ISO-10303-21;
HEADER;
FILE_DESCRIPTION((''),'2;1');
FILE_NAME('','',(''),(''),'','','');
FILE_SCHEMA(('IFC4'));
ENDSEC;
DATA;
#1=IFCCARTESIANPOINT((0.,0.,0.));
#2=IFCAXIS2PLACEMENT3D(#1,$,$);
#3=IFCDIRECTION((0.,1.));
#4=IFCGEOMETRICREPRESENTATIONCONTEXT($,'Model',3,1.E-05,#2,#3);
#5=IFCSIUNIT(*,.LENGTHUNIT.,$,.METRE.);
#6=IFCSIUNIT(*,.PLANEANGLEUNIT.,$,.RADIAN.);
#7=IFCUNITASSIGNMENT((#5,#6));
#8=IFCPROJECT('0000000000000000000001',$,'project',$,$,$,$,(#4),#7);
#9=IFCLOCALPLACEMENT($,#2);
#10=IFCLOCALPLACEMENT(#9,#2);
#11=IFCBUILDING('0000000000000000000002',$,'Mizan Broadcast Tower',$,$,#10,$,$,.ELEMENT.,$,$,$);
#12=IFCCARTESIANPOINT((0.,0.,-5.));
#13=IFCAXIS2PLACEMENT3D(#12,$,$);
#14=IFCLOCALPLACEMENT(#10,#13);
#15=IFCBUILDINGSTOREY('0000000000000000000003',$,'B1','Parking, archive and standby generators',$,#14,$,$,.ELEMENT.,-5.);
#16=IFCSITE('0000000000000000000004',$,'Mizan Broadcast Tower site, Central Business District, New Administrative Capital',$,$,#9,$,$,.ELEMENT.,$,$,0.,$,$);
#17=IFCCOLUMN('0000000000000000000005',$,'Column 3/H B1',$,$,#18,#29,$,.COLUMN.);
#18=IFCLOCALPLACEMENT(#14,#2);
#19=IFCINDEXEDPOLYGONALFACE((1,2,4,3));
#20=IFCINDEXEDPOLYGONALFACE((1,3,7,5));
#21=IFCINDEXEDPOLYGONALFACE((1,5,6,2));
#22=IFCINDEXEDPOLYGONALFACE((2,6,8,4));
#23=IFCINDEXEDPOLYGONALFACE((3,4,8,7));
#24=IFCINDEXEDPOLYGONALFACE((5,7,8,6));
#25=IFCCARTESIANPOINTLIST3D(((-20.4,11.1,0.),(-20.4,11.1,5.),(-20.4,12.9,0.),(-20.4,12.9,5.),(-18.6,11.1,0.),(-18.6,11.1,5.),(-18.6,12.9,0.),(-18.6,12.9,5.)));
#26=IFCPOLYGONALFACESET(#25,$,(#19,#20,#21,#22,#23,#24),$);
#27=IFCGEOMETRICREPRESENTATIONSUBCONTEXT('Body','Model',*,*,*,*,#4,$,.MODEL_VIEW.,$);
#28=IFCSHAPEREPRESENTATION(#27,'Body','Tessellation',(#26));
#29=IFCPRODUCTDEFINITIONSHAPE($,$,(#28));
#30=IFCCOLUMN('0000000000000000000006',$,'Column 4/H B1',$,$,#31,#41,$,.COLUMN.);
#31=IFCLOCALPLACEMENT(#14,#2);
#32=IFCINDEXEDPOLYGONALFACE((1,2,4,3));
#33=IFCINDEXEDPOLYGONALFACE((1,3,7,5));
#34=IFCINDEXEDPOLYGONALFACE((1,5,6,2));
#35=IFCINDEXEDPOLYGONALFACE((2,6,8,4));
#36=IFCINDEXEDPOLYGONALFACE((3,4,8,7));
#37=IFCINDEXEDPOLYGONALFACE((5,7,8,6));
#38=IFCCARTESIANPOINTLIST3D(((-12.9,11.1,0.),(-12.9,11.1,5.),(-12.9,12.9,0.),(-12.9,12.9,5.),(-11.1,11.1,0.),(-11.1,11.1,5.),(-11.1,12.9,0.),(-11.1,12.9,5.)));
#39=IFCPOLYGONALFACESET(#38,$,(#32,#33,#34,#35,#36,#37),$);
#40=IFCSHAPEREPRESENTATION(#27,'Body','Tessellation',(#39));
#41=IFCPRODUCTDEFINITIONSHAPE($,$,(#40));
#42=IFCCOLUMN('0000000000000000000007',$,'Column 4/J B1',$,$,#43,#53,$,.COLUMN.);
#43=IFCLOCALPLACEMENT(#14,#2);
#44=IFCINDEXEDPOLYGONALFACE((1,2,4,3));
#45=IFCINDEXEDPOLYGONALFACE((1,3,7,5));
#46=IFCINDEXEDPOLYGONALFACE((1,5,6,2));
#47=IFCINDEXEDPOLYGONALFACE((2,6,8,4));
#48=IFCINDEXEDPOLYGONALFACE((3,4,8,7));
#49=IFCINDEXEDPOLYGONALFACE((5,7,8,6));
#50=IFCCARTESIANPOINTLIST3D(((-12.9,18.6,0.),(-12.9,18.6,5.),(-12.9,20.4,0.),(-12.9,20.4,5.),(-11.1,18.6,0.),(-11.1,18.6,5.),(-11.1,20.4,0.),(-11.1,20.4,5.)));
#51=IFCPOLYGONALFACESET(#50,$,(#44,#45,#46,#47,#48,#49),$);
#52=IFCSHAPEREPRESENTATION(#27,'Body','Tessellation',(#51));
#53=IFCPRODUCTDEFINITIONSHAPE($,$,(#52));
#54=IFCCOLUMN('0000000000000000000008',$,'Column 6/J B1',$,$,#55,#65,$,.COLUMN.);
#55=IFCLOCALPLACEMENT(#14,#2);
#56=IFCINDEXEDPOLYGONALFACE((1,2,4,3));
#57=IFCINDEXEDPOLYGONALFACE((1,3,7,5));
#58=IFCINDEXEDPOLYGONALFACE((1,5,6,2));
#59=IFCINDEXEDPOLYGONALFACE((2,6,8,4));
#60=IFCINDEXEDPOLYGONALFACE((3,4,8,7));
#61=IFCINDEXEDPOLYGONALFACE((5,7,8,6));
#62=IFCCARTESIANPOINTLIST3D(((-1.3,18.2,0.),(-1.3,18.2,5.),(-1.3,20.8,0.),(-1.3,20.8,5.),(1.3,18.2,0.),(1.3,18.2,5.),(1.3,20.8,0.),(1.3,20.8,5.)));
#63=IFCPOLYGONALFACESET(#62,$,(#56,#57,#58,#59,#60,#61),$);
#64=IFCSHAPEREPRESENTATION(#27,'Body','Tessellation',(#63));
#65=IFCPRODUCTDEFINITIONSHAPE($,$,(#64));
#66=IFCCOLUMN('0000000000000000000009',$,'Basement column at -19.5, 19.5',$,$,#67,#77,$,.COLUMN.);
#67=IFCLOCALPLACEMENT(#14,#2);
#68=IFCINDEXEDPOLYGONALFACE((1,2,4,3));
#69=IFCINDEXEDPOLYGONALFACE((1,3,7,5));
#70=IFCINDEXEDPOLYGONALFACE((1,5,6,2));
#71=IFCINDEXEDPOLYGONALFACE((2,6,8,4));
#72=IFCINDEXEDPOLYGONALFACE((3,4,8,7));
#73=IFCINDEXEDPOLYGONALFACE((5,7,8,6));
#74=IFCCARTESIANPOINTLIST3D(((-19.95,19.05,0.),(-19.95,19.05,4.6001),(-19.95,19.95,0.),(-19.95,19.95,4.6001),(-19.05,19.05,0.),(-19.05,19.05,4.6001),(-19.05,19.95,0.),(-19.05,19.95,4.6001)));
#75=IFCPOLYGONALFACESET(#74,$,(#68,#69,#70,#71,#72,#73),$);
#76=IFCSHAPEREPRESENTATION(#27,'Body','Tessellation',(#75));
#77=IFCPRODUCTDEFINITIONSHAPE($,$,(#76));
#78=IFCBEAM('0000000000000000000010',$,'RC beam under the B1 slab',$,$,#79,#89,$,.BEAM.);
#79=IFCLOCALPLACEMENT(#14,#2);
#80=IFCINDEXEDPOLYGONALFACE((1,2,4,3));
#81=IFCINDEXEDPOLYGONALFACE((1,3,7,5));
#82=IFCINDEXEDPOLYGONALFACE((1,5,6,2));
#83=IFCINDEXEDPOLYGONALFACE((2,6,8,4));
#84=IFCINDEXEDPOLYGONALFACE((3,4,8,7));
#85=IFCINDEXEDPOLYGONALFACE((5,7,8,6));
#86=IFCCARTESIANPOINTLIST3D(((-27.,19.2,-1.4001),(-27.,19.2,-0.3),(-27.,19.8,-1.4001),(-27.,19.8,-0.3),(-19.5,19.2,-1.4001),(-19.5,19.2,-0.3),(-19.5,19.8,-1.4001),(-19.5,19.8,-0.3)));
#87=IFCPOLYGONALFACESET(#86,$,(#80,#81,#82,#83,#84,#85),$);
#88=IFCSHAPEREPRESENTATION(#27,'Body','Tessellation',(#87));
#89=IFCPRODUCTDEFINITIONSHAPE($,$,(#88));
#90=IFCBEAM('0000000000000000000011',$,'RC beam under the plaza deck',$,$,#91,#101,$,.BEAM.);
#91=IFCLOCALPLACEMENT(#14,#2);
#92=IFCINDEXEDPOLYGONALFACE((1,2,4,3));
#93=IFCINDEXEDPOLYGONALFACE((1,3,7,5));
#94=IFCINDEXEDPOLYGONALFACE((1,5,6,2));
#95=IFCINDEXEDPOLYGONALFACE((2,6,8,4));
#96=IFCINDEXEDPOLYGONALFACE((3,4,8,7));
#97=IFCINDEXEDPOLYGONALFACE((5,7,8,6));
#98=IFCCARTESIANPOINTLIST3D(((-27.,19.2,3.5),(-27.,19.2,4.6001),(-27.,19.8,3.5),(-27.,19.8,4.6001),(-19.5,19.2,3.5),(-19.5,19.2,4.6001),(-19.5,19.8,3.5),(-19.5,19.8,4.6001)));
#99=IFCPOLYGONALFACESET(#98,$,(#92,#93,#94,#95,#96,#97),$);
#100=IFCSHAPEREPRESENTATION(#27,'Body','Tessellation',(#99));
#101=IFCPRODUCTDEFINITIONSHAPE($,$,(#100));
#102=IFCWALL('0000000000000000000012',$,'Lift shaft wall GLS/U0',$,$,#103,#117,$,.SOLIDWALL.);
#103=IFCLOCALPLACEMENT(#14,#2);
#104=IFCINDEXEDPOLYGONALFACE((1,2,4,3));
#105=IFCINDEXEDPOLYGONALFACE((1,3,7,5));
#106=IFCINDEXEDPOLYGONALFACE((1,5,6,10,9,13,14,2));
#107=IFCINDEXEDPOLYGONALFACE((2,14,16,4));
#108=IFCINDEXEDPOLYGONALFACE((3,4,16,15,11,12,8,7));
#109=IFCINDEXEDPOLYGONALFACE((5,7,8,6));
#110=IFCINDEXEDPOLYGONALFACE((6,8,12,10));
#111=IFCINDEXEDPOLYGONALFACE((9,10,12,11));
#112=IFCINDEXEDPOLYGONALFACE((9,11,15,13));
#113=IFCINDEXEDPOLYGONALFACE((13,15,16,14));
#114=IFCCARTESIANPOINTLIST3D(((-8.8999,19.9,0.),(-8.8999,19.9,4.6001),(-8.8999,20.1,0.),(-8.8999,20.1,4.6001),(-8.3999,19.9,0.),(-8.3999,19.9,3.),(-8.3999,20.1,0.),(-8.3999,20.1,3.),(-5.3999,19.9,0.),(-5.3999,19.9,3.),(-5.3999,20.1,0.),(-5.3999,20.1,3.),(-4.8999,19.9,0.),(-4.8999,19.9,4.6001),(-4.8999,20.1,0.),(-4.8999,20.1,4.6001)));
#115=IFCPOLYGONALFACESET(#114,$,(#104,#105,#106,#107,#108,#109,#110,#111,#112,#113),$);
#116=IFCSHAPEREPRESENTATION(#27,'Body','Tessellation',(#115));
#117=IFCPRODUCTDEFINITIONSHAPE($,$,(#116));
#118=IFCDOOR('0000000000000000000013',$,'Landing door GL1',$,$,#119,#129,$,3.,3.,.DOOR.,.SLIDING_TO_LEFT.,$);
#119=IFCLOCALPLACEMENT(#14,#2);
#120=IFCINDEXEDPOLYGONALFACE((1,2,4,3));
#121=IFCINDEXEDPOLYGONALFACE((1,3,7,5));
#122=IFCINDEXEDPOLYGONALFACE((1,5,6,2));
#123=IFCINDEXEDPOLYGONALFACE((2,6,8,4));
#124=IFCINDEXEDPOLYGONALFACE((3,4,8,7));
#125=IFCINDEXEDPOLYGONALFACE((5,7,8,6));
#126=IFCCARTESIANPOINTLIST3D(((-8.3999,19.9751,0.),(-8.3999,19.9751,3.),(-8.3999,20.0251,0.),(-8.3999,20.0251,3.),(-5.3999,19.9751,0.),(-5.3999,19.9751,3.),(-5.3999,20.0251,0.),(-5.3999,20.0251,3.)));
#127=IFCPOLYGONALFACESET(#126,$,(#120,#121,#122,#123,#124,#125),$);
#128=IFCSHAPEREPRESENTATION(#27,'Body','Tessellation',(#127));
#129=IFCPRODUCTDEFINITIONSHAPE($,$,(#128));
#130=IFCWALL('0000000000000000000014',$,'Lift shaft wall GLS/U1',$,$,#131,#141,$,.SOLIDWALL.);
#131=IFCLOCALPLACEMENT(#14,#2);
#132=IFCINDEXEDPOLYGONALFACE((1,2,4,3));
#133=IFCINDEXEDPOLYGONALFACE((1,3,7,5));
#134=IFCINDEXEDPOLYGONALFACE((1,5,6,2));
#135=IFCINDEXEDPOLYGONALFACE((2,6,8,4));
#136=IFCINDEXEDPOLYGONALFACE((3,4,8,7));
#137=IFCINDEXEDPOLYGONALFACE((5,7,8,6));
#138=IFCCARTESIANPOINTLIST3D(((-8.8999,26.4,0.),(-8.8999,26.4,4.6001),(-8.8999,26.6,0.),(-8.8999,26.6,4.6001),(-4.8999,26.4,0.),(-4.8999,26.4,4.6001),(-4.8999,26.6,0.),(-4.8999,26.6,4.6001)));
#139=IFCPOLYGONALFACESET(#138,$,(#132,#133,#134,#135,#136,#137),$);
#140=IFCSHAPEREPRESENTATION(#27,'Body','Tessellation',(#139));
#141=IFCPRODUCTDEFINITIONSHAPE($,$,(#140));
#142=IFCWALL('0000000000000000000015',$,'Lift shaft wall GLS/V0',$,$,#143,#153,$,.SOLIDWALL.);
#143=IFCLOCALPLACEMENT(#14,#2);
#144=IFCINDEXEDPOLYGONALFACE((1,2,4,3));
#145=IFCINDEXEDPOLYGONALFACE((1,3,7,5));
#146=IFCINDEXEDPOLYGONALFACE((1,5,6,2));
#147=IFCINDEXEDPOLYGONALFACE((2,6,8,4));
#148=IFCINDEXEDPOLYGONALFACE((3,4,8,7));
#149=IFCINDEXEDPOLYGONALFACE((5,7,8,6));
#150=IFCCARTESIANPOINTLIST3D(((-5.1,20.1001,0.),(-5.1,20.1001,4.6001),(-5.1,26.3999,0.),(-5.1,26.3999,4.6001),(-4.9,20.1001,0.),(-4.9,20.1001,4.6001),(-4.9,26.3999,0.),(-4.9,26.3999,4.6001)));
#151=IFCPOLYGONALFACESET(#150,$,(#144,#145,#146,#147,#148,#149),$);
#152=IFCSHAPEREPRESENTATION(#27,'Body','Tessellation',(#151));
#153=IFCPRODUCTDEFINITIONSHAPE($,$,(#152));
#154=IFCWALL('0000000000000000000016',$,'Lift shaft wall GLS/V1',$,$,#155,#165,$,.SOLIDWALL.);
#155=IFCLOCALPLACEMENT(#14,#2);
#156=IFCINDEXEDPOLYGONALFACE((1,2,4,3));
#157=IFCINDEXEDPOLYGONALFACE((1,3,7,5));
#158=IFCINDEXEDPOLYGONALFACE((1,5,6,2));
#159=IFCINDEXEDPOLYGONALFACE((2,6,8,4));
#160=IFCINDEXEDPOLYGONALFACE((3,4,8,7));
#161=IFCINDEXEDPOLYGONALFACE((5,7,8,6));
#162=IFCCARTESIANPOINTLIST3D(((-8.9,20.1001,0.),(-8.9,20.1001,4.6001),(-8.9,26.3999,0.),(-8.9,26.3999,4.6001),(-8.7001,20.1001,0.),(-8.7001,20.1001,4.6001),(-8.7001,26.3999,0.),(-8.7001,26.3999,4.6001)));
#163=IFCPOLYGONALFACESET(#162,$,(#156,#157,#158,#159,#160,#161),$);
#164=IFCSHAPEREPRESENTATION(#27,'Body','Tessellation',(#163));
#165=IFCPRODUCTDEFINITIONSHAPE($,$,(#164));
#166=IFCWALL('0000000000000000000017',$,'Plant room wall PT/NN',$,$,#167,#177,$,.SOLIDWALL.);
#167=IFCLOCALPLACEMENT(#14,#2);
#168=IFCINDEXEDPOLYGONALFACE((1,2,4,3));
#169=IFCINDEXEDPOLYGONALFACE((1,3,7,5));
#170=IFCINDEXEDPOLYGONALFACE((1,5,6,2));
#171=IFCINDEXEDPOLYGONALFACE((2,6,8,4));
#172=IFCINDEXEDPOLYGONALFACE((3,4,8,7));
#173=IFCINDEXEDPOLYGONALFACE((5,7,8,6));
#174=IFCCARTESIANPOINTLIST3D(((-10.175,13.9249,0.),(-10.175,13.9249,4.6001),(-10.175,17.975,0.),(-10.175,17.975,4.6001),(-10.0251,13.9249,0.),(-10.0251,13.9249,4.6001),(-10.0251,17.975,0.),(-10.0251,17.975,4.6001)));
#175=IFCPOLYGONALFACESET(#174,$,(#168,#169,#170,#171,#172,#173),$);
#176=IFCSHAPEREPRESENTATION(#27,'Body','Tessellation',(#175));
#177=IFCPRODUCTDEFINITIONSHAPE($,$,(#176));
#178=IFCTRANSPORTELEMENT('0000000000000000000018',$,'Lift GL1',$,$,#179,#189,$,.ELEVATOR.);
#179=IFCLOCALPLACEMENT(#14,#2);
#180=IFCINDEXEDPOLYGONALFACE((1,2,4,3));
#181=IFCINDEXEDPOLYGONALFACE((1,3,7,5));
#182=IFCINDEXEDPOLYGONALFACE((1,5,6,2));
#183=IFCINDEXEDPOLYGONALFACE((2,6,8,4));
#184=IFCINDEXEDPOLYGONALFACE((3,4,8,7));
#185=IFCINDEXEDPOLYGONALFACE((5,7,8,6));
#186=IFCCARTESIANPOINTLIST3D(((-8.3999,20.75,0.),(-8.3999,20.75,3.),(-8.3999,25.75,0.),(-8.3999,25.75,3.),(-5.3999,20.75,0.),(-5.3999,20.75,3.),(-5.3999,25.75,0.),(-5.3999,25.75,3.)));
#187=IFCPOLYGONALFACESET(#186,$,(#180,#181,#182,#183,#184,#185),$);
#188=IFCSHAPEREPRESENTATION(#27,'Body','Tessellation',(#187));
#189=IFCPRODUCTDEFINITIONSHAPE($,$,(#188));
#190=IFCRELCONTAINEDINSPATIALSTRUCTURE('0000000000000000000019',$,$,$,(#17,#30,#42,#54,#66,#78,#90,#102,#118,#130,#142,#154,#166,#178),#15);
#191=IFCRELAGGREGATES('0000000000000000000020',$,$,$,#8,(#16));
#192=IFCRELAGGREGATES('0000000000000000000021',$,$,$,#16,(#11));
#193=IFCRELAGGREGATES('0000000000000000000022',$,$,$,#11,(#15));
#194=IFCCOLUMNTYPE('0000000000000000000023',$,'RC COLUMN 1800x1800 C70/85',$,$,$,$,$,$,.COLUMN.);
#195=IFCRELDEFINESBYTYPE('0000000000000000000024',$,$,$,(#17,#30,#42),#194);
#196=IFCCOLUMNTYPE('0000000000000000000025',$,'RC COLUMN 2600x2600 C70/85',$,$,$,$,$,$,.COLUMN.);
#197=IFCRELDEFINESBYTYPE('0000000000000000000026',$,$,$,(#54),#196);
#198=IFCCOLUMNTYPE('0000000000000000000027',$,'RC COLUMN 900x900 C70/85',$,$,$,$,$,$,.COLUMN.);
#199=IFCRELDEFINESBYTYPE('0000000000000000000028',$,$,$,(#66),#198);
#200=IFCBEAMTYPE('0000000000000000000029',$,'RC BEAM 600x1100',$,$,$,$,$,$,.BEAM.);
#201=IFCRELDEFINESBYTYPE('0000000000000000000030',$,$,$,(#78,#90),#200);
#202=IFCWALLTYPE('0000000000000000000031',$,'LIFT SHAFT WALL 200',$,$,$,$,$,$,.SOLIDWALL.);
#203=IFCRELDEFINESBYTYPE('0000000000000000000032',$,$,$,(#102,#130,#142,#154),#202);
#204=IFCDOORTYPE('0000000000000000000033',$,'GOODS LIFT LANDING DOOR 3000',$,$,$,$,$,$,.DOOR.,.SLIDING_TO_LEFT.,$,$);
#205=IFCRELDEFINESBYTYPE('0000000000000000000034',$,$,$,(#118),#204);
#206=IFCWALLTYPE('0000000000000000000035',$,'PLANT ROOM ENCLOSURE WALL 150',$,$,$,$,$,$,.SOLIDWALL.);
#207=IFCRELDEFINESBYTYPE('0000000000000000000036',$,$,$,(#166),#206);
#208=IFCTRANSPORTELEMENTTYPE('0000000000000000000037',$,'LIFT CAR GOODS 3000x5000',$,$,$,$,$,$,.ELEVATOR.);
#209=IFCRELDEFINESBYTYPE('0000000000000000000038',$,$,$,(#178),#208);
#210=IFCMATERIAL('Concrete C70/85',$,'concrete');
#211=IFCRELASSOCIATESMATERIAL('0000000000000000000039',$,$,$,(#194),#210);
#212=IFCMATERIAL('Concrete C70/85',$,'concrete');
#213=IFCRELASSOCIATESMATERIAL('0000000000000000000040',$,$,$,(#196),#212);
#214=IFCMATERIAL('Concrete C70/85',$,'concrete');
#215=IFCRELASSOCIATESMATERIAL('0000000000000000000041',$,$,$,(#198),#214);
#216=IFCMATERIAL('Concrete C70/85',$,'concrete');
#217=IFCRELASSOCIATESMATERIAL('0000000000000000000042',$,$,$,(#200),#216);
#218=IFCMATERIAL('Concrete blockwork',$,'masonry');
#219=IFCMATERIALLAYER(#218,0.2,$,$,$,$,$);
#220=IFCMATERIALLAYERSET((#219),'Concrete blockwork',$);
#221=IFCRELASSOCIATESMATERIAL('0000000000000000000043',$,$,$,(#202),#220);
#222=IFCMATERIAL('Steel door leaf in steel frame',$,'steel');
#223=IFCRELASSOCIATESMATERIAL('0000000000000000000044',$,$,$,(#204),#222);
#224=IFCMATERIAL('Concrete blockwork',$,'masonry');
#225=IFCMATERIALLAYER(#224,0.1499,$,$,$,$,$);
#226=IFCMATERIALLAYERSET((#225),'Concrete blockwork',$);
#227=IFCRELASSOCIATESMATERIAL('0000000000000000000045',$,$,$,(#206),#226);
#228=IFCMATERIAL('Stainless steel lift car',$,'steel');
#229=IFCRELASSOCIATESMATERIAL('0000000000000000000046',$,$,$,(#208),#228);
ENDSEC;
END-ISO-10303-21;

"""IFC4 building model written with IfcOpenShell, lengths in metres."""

from ifc_helpers import new_model, si_unit, direction, frame, frame_2d, origin, origin_2d, place, context, subcontext, project, spatial, rectangle, extrude, material, layer, layer_set, material_profile, profile_set, type_object, element, fill, save


model = new_model("IFC4")

# Units and contexts
model_context = context("Model", 3, precision=1e-05, world=origin(), true_north=direction((0.0, 1.0)))
body_context = subcontext(model_context, "Body", "Model", "MODEL_VIEW")
ifc_project = project(units=[si_unit("LENGTHUNIT", "METRE"), si_unit("PLANEANGLEUNIT", "RADIAN")], contexts=[model_context])

# Site, building, storey
site_placement = place(None, origin())
site = spatial("IfcSite", under=ifc_project, at=site_placement, Name="Mizan Broadcast Tower site, Central Business District, New Administrative Capital", CompositionType="ELEMENT", RefElevation=0.0)
building_placement = place(site_placement, origin())
building = spatial("IfcBuilding", under=site, at=building_placement, Name="Mizan Broadcast Tower", CompositionType="ELEMENT")
storey_placement = place(building_placement, frame((0.0, 0.0, -5.0)))
storey = spatial("IfcBuildingStorey", under=building, at=storey_placement, Name="B1", Description="Parking, archive and standby generators", CompositionType="ELEMENT", Elevation=-5.0)

# Columns
ifc_material_1 = material(Name="Concrete C70/85", Category="concrete")
ifc_material_profile_1 = material_profile(ifc_material_1, rectangle(XDim=1.8, YDim=1.8, at=origin_2d()), Name="RC 1800x1800")
ifc_profile_set_1 = profile_set([ifc_material_profile_1], Name="Concrete C70/85")
column_type_1 = type_object("IfcColumnType", Name="RC COLUMN 1800x1800 C70/85", PredefinedType="COLUMN", material=ifc_profile_set_1)
for number, where, z_axis, x_axis, name in (
    (1, (-19.5, 12.0, 0.0), (0.0, 0.0, 1.0), (1.0, 0.0, 0.0), "Column 3/H B1"),
    (2, (-12.0, 12.0, 0.0), (0.0, 0.0, 1.0), (1.0, 0.0, 0.0), "Column 4/H B1"),
    (3, (-12.0, 19.5, 0.0), (0.0, 0.0, 1.0), (1.0, 0.0, 0.0), "Column 4/J B1"),
):
    element("IfcColumn", number, at=place(storey_placement, frame(where, z_axis=z_axis, x_axis=x_axis)), inside=storey, type_object=column_type_1, Name=name, PredefinedType="COLUMN", context=body_context, shape_type="SweptSolid", body=[
        extrude(rectangle(XDim=1.8, YDim=1.8, at=origin_2d()), origin(), (0.0, 0.0, 1.0), 5.0),
    ])
ifc_material_2 = material(Name="Concrete C70/85", Category="concrete")
ifc_material_profile_2 = material_profile(ifc_material_2, rectangle(XDim=2.6001, YDim=2.6001, at=origin_2d()), Name="RC 2600x2600")
ifc_profile_set_2 = profile_set([ifc_material_profile_2], Name="Concrete C70/85")
column_type_2 = type_object("IfcColumnType", Name="RC COLUMN 2600x2600 C70/85", PredefinedType="COLUMN", material=ifc_profile_set_2)
column_1_placement = place(storey_placement, frame((0.0, 19.5, 0.0), z_axis=(0.0, 0.0, 1.0), x_axis=(1.0, 0.0, 0.0)))
element("IfcColumn", 4, at=column_1_placement, inside=storey, type_object=column_type_2, Name="Column 6/J B1", PredefinedType="COLUMN", context=body_context, shape_type="SweptSolid", body=[
    extrude(rectangle(XDim=2.6001, YDim=2.6001, at=origin_2d()), origin(), (0.0, 0.0, 1.0), 5.0),
])
ifc_material_3 = material(Name="Concrete C70/85", Category="concrete")
ifc_material_profile_3 = material_profile(ifc_material_3, rectangle(XDim=0.8999, YDim=0.8999, at=origin_2d()), Name="RC 900x900")
ifc_profile_set_3 = profile_set([ifc_material_profile_3], Name="Concrete C70/85")
column_type_3 = type_object("IfcColumnType", Name="RC COLUMN 900x900 C70/85", PredefinedType="COLUMN", material=ifc_profile_set_3)
column_2_placement = place(storey_placement, frame((-19.5, 19.5, 0.0), z_axis=(0.0, 0.0, 1.0), x_axis=(1.0, 0.0, 0.0)))
element("IfcColumn", 5, at=column_2_placement, inside=storey, type_object=column_type_3, Name="Basement column at -19.5, 19.5", PredefinedType="COLUMN", context=body_context, shape_type="SweptSolid", body=[
    extrude(rectangle(XDim=0.8999, YDim=0.8999, at=origin_2d()), origin(), (0.0, 0.0, 1.0), 4.6001),
])

# Beams
ifc_material_4 = material(Name="Concrete C70/85", Category="concrete")
ifc_material_profile_4 = material_profile(ifc_material_4, rectangle(XDim=0.6001, YDim=1.1001, at=origin_2d()), Name="RC 600x1100")
ifc_profile_set_4 = profile_set([ifc_material_profile_4], Name="Concrete C70/85")
beam_type = type_object("IfcBeamType", Name="RC BEAM 600x1100", PredefinedType="BEAM", material=ifc_profile_set_4)
for number, where, z_axis, x_axis, name in (
    (6, (-27.0, 19.5, -0.8501), (1.0, 0.0, 0.0), (0.0, 1.0, 0.0), "RC beam under the B1 slab"),
    (7, (-27.0, 19.5, 4.05), (1.0, 0.0, 0.0), (0.0, 1.0, 0.0), "RC beam under the plaza deck"),
):
    element("IfcBeam", number, at=place(storey_placement, frame(where, z_axis=z_axis, x_axis=x_axis)), inside=storey, type_object=beam_type, Name=name, PredefinedType="BEAM", context=body_context, shape_type="SweptSolid", body=[
        extrude(rectangle(XDim=0.6001, YDim=1.1001, at=origin_2d()), origin(), (0.0, 0.0, 1.0), 7.5),
    ])

# Wall, opening, door
ifc_material_5 = material(Name="Concrete blockwork", Category="masonry")
ifc_layer_1 = layer(ifc_material_5, 0.2)
ifc_layer_set_1 = layer_set([ifc_layer_1], Name="Concrete blockwork")
wall_type_1 = type_object("IfcWallType", Name="LIFT SHAFT WALL 200", PredefinedType="SOLIDWALL", material=ifc_layer_set_1)
wall_1_placement = place(storey_placement, frame((-4.8999, 20.0, 0.0), z_axis=(0.0, 0.0, 1.0), x_axis=(-1.0, 0.0, 0.0)))
wall_1 = element("IfcWall", 8, at=wall_1_placement, inside=storey, type_object=wall_type_1, Name="Lift shaft wall GLS/U0", PredefinedType="SOLIDWALL", context=body_context, shape_type="SweptSolid", body=[
    extrude(rectangle(XDim=4.0, YDim=0.2, at=frame_2d((2.0, 0.0))), origin(), (0.0, 0.0, 1.0), 4.6001),
])
opening_placement = place(wall_1_placement, frame((0.5, 0.0, 0.0)))
opening = element("IfcOpeningElement", 9, at=opening_placement, cuts=wall_1, PredefinedType="OPENING", context=body_context, shape_type="SweptSolid", body=[
    extrude(rectangle(XDim=3.0, YDim=3.0, at=frame_2d((1.5, 1.5))), frame((0.0, 0.1099, 0.0), z_axis=(0.0, -1.0, 0.0), x_axis=(1.0, 0.0, 0.0)), (0.0, 0.0, 1.0), 0.22),
])
ifc_material_6 = material(Name="Steel door leaf in steel frame", Category="steel")
door_type = type_object("IfcDoorType", Name="GOODS LIFT LANDING DOOR 3000", OperationType="SLIDING_TO_LEFT", PredefinedType="DOOR", material=ifc_material_6)
door_placement = place(opening_placement, origin())
door = element("IfcDoor", 10, at=door_placement, inside=storey, type_object=door_type, Name="Landing door GL1", OperationType="SLIDING_TO_LEFT", OverallHeight=3.0, OverallWidth=3.0, PredefinedType="DOOR", context=body_context, shape_type="SweptSolid", body=[
    extrude(rectangle(XDim=3.0, YDim=3.0, at=frame_2d((1.5, 1.5))), frame((0.0, 0.0249, 0.0), z_axis=(0.0, -1.0, 0.0), x_axis=(1.0, 0.0, 0.0)), (0.0, 0.0, 1.0), 0.05),
])
fill(opening, door)

# Walls
wall_2_placement = place(storey_placement, frame((-8.8999, 26.5, 0.0), z_axis=(0.0, 0.0, 1.0), x_axis=(1.0, 0.0, 0.0)))
element("IfcWall", 11, at=wall_2_placement, inside=storey, type_object=wall_type_1, Name="Lift shaft wall GLS/U1", PredefinedType="SOLIDWALL", context=body_context, shape_type="SweptSolid", body=[
    extrude(rectangle(XDim=4.0, YDim=0.2, at=frame_2d((2.0, 0.0))), origin(), (0.0, 0.0, 1.0), 4.6001),
])
for number, where, z_axis, x_axis, name in (
    (12, (-5.0, 20.1001, 0.0), (0.0, 0.0, 1.0), (0.0, 1.0, 0.0), "Lift shaft wall GLS/V0"),
    (13, (-8.8, 26.3999, 0.0), (0.0, 0.0, 1.0), (0.0, -1.0, 0.0), "Lift shaft wall GLS/V1"),
):
    element("IfcWall", number, at=place(storey_placement, frame(where, z_axis=z_axis, x_axis=x_axis)), inside=storey, type_object=wall_type_1, Name=name, PredefinedType="SOLIDWALL", context=body_context, shape_type="SweptSolid", body=[
        extrude(rectangle(XDim=6.2998, YDim=0.2, at=frame_2d((3.1499, 0.0))), origin(), (0.0, 0.0, 1.0), 4.6001),
    ])
ifc_material_7 = material(Name="Concrete blockwork", Category="masonry")
ifc_layer_2 = layer(ifc_material_7, 0.1499)
ifc_layer_set_2 = layer_set([ifc_layer_2], Name="Concrete blockwork")
wall_type_2 = type_object("IfcWallType", Name="PLANT ROOM ENCLOSURE WALL 150", PredefinedType="SOLIDWALL", material=ifc_layer_set_2)
wall_3_placement = place(storey_placement, frame((-10.1001, 13.925, 0.0), z_axis=(0.0, 0.0, 1.0), x_axis=(0.0, 1.0, 0.0)))
element("IfcWall", 14, at=wall_3_placement, inside=storey, type_object=wall_type_2, Name="Plant room wall PT/NN", PredefinedType="SOLIDWALL", context=body_context, shape_type="SweptSolid", body=[
    extrude(rectangle(XDim=4.05, YDim=0.1499, at=frame_2d((2.0249, 0.0))), origin(), (0.0, 0.0, 1.0), 4.6001),
])

# Transport element
ifc_material_8 = material(Name="Stainless steel lift car", Category="steel")
transport_element_type = type_object("IfcTransportElementType", Name="LIFT CAR GOODS 3000x5000", PredefinedType="ELEVATOR", material=ifc_material_8)
transport_element_placement = place(storey_placement, frame((-6.8999, 23.25, 0.0), z_axis=(0.0, 0.0, 1.0), x_axis=(1.0, 0.0, 0.0)))
element("IfcTransportElement", 15, at=transport_element_placement, inside=storey, type_object=transport_element_type, Name="Lift GL1", PredefinedType="ELEVATOR", context=body_context, shape_type="SweptSolid", body=[
    extrude(rectangle(XDim=3.0, YDim=5.0, at=origin_2d()), origin(), (0.0, 0.0, 1.0), 3.0),
])

save(model, "model.ifc")
